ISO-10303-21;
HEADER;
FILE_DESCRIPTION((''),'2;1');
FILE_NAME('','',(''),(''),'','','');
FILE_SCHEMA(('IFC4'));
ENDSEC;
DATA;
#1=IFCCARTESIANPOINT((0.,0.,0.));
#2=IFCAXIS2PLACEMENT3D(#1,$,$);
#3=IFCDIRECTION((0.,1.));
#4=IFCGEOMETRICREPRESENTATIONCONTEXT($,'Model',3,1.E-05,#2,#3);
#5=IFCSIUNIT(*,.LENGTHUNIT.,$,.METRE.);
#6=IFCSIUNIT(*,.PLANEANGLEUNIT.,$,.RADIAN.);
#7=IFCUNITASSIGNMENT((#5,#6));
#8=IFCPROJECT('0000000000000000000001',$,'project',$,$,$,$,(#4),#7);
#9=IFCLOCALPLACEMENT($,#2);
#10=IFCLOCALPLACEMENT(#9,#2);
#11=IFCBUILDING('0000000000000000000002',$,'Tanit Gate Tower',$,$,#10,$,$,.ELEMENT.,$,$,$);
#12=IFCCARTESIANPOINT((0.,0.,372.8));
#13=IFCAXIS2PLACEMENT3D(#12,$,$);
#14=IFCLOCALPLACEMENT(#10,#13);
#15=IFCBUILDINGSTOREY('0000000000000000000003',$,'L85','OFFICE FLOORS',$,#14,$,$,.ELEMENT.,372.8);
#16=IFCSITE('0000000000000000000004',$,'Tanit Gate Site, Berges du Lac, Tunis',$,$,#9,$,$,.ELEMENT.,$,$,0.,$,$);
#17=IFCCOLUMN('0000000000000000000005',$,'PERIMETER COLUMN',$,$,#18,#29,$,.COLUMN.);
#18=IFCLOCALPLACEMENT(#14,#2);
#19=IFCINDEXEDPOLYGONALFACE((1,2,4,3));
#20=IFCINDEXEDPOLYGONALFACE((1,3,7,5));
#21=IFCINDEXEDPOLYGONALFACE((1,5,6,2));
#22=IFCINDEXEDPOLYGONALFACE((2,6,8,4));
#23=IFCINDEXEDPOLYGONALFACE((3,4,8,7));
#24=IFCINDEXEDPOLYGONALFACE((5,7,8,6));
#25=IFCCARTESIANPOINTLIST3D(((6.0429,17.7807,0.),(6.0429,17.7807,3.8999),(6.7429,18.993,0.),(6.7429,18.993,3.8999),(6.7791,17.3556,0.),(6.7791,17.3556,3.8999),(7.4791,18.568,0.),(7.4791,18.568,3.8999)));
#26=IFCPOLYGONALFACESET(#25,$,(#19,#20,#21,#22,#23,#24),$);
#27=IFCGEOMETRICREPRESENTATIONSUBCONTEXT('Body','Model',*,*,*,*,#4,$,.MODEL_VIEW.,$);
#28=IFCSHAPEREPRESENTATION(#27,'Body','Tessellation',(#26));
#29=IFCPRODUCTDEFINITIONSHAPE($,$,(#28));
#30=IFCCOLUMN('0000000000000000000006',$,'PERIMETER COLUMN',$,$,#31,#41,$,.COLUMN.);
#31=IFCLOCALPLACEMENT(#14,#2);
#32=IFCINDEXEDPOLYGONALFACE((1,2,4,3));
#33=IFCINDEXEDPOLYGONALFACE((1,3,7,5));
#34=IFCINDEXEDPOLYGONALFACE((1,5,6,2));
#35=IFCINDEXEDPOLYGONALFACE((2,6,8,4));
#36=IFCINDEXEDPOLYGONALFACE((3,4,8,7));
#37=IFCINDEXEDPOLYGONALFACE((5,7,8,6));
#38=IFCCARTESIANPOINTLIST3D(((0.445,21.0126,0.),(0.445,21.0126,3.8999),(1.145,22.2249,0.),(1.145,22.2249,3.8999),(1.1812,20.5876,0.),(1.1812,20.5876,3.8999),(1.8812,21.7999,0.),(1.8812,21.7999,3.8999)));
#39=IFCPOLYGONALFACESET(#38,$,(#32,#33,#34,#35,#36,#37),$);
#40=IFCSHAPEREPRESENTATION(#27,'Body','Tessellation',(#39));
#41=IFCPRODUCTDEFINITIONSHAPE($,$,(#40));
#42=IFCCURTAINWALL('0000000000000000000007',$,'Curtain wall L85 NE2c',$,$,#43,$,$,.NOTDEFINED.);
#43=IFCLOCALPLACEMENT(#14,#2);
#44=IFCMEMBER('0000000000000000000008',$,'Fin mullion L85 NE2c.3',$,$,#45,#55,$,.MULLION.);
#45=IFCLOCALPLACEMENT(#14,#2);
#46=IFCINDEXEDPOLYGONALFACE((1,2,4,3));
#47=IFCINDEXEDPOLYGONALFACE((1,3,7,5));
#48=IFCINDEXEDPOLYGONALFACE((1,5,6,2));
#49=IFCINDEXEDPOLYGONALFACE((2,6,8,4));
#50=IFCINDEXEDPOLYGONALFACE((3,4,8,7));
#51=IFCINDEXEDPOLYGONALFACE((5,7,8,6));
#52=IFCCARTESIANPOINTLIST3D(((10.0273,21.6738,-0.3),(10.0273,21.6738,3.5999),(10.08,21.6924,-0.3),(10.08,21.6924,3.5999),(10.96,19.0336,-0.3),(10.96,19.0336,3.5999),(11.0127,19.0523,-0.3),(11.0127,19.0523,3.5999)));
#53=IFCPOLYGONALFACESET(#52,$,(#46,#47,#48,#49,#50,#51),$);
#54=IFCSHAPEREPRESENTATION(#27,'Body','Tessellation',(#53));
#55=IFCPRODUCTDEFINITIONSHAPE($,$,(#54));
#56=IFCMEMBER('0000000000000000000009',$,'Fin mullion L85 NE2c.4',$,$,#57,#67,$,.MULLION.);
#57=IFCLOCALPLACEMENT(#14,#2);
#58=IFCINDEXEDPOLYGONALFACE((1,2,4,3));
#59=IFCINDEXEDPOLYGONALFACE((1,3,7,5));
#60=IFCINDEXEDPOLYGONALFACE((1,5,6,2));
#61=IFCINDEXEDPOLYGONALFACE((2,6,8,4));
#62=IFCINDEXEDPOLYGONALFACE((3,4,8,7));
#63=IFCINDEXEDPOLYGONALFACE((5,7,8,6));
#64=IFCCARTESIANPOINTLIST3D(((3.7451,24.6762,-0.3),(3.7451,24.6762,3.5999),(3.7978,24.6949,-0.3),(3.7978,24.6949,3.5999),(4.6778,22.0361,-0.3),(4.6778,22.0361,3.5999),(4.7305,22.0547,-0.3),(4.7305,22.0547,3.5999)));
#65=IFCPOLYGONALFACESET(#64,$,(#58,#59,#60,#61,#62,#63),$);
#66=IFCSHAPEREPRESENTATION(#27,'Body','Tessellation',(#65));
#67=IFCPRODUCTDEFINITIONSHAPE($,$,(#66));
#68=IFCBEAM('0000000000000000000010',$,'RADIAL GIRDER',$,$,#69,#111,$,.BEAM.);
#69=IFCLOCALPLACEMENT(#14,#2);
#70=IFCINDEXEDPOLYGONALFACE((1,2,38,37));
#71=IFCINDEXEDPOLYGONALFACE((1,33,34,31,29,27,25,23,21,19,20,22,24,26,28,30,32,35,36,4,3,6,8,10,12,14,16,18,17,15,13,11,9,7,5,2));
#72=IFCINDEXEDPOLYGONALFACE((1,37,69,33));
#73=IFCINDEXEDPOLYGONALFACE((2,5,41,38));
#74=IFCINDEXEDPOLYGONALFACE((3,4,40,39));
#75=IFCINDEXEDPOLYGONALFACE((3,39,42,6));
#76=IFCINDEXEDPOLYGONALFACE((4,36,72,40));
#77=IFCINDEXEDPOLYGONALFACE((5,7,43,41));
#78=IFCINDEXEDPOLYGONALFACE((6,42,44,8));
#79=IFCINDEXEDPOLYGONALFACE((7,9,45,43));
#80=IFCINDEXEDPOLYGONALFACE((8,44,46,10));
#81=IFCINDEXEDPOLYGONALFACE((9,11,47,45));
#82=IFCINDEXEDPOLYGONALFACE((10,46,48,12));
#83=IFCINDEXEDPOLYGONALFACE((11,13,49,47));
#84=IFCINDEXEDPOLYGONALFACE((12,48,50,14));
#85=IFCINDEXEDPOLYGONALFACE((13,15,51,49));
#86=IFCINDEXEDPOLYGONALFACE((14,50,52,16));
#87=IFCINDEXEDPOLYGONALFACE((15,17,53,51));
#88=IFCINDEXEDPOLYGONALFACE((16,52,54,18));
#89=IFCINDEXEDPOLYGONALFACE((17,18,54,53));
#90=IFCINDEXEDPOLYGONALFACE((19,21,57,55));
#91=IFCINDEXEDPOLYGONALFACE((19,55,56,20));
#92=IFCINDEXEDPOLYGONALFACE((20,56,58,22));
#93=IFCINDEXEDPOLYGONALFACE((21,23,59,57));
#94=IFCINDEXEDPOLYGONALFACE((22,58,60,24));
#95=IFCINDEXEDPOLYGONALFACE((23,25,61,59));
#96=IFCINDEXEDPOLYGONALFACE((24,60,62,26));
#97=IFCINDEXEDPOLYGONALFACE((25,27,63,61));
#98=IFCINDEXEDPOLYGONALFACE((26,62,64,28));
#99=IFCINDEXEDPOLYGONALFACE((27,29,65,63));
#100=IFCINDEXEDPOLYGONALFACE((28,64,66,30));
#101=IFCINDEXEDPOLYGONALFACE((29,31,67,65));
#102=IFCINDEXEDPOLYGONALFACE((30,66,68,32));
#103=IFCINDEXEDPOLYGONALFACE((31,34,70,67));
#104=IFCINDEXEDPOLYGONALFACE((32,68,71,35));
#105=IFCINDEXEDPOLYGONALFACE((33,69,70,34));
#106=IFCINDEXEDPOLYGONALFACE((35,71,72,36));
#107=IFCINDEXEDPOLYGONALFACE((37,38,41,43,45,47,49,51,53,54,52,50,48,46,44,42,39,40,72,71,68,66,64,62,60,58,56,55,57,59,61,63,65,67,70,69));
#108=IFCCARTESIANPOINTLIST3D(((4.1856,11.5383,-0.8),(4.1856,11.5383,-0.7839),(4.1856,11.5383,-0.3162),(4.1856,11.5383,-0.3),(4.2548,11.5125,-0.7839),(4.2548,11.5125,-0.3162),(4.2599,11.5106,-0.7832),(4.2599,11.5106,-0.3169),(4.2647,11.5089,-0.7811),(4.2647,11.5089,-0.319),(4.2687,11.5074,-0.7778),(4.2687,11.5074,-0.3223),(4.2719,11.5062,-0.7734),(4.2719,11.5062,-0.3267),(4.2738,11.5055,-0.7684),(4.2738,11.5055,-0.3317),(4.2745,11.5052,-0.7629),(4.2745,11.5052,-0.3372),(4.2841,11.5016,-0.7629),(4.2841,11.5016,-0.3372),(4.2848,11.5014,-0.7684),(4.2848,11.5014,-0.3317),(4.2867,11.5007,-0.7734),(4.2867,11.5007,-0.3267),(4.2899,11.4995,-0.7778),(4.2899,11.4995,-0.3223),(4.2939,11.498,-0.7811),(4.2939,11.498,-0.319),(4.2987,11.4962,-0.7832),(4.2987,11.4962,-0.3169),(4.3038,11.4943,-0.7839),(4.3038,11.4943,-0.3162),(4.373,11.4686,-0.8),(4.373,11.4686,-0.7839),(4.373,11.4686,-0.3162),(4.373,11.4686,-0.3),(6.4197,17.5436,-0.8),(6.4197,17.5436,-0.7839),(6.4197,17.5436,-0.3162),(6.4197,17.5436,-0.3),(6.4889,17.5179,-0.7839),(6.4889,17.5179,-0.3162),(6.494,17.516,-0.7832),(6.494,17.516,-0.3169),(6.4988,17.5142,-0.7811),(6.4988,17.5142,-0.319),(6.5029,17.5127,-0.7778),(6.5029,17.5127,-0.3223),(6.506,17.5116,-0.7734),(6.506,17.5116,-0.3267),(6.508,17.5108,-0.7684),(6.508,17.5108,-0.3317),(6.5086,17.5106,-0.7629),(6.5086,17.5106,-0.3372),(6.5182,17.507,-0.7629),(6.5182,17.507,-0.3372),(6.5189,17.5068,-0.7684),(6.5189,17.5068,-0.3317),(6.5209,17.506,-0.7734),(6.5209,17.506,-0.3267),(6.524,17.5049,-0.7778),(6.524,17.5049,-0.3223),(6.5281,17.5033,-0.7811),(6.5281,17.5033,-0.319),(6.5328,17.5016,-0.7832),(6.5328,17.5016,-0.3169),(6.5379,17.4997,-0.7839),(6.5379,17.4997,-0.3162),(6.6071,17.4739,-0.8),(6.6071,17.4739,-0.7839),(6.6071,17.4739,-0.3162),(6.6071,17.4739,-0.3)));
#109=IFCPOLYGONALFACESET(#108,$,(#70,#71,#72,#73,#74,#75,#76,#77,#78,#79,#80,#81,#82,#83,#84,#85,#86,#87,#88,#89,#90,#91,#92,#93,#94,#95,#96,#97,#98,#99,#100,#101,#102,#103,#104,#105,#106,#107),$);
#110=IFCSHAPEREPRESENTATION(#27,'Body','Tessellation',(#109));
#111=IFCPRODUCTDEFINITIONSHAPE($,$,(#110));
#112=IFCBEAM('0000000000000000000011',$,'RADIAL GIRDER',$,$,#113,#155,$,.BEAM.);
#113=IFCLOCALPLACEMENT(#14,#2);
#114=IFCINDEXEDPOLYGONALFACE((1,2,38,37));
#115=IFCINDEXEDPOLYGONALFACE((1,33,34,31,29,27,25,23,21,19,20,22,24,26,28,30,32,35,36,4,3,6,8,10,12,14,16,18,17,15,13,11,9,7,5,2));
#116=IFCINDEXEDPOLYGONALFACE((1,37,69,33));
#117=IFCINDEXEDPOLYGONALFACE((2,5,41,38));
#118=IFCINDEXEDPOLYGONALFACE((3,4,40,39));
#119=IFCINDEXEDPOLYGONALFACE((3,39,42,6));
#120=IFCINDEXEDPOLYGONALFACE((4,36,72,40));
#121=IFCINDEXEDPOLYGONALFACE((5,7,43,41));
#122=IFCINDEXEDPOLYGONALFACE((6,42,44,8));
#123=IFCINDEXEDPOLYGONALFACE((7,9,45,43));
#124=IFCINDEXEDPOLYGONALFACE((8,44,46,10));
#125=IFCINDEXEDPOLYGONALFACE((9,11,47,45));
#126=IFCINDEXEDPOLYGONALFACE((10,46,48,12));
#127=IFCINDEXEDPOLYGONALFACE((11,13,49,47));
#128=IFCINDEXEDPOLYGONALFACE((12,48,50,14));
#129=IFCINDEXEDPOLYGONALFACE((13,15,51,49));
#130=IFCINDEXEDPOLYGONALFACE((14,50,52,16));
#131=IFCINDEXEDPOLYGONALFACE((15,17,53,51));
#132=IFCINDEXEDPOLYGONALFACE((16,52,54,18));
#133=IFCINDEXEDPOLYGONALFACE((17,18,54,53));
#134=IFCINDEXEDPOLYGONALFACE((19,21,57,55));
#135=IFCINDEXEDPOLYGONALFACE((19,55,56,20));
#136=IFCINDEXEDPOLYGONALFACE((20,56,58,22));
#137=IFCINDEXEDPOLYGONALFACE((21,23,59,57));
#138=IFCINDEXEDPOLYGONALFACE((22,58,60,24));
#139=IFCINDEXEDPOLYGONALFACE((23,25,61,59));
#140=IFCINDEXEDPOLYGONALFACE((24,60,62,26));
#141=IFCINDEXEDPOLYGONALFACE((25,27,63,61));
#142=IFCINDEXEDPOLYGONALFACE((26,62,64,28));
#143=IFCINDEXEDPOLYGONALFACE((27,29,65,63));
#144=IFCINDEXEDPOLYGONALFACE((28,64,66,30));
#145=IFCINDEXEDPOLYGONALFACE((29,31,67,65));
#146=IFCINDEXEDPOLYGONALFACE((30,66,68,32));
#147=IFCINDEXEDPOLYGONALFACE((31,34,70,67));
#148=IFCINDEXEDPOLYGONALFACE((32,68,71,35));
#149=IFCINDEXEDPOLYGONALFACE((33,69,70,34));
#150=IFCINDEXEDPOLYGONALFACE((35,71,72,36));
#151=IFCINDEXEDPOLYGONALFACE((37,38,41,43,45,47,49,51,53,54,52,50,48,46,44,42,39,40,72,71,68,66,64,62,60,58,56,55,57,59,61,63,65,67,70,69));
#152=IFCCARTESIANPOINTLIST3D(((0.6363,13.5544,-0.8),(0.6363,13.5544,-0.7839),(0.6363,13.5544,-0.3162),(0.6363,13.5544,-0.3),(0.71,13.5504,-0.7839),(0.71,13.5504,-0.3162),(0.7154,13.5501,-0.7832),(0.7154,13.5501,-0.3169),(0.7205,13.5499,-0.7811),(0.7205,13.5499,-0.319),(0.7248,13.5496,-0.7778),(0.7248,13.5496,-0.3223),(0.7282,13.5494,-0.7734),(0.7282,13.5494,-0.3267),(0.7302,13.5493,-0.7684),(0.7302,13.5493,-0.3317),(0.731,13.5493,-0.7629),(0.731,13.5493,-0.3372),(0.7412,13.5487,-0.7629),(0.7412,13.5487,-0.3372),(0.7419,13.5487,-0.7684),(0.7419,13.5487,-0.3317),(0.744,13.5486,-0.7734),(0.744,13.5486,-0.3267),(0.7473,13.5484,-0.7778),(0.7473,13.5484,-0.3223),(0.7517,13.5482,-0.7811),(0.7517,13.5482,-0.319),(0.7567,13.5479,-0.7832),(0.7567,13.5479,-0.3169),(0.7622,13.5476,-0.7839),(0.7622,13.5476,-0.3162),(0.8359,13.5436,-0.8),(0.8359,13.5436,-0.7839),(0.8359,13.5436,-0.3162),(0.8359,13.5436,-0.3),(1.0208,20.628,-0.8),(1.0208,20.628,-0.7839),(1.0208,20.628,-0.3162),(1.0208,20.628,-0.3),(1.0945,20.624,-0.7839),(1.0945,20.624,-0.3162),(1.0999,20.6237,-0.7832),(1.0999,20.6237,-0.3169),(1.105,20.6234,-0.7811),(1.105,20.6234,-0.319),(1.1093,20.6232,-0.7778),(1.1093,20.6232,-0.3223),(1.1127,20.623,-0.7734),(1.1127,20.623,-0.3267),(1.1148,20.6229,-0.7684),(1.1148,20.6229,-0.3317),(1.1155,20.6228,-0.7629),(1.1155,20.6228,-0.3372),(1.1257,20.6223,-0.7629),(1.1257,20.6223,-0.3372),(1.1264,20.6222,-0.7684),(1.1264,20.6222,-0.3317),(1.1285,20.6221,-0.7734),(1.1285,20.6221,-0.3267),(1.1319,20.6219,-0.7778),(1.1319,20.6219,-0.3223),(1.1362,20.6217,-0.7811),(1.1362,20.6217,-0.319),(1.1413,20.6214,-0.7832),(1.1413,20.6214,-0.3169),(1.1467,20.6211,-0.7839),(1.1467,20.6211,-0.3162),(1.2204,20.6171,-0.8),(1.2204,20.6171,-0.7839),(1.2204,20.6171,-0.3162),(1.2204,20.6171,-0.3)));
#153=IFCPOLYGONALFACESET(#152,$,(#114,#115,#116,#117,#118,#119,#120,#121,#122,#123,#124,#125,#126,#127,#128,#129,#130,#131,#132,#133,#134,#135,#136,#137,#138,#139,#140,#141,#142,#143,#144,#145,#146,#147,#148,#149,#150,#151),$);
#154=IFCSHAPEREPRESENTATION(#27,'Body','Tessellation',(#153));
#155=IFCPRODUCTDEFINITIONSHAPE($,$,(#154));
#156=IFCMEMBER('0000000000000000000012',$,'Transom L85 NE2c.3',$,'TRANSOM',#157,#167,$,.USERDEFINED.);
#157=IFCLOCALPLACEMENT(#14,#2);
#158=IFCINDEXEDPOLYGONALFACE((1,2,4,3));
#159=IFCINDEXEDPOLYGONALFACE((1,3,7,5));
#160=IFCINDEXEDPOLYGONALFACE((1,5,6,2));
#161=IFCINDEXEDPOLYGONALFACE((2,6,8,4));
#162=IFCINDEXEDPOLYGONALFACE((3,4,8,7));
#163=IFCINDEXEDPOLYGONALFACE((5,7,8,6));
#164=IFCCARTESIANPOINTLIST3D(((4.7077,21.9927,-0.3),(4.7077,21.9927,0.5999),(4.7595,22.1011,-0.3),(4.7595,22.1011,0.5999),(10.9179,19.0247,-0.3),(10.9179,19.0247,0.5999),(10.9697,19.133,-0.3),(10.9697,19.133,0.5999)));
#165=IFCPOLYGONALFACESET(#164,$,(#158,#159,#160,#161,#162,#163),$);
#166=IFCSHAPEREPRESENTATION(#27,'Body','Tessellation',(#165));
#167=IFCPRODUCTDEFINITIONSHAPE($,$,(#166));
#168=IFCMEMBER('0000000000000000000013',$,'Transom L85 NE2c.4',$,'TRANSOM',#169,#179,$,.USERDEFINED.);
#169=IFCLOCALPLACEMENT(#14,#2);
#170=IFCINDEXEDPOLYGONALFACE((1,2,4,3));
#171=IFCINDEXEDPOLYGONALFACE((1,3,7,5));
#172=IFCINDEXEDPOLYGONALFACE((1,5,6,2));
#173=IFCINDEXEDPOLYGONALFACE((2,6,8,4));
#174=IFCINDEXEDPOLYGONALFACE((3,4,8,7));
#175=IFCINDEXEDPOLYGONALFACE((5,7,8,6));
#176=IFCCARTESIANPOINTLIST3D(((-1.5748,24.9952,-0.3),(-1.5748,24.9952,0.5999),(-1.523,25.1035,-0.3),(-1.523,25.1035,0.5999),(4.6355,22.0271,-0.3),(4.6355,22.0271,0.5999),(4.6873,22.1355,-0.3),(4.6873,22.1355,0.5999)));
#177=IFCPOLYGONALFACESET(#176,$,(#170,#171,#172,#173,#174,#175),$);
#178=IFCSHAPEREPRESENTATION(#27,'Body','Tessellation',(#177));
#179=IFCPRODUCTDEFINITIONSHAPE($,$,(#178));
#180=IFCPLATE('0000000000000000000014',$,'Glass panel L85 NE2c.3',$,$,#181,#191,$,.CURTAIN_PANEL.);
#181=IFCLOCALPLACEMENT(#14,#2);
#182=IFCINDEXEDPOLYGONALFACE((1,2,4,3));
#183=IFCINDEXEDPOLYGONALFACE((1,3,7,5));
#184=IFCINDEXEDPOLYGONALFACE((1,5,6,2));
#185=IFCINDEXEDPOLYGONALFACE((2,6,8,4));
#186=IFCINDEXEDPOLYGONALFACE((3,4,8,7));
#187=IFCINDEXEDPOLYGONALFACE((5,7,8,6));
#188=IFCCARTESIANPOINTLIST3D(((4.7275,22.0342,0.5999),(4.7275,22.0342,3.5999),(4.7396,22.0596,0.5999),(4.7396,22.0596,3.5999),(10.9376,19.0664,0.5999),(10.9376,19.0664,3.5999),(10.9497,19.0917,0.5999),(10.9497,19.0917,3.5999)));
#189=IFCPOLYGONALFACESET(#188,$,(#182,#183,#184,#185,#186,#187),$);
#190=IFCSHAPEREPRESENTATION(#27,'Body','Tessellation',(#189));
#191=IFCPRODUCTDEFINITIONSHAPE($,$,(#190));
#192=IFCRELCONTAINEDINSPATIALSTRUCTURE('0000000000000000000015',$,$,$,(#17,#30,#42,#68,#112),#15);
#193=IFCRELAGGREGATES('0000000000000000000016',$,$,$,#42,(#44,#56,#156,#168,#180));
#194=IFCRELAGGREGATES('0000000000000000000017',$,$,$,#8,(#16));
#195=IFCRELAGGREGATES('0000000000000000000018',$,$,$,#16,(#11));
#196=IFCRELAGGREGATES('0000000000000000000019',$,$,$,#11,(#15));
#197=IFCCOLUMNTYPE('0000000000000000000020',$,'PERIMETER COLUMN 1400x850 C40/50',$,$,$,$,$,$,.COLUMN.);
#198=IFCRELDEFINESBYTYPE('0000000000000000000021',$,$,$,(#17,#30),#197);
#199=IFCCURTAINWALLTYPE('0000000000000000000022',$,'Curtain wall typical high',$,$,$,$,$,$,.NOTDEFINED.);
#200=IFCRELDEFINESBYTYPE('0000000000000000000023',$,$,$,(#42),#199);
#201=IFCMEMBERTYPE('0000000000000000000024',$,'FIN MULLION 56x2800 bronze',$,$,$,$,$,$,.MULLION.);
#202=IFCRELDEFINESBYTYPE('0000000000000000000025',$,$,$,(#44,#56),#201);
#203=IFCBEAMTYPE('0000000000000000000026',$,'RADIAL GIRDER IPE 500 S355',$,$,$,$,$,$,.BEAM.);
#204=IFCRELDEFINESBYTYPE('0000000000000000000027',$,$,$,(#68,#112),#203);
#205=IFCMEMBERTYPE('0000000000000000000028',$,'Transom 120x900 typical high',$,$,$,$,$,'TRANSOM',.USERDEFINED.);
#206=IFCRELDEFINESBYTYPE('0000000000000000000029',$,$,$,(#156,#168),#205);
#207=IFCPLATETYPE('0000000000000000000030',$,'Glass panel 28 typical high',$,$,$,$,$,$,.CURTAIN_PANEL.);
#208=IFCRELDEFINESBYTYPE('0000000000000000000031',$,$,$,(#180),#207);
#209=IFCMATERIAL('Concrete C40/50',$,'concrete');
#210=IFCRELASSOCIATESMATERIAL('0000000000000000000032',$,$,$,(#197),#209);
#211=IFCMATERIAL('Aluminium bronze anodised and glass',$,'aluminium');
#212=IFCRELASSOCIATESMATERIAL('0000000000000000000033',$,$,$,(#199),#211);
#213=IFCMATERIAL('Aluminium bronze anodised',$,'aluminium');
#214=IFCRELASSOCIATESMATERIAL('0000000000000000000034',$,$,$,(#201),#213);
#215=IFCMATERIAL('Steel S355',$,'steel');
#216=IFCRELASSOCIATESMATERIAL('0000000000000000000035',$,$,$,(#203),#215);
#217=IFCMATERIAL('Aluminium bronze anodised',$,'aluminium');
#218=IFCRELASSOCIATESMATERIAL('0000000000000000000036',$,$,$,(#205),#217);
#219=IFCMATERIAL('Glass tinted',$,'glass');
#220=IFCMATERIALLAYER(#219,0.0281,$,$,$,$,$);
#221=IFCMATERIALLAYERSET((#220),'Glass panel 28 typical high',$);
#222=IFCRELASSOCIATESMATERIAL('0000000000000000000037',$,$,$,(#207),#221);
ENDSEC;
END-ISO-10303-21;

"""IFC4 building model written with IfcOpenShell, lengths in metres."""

from ifc_helpers import new_model, si_unit, direction, frame, origin, origin_2d, place, context, subcontext, project, spatial, rectangle, i_section, extrude, material, layer, layer_set, material_profile, profile_set, type_object, element, aggregate, save


model = new_model("IFC4")

# Units and contexts
model_context = context("Model", 3, precision=1e-05, world=origin(), true_north=direction((0.0, 1.0)))
body_context = subcontext(model_context, "Body", "Model", "MODEL_VIEW")
ifc_project = project(units=[si_unit("LENGTHUNIT", "METRE"), si_unit("PLANEANGLEUNIT", "RADIAN")], contexts=[model_context])

# Site, building, storey
site_placement = place(None, origin())
site = spatial("IfcSite", under=ifc_project, at=site_placement, Name="Tanit Gate Site, Berges du Lac, Tunis", CompositionType="ELEMENT", RefElevation=0.0)
building_placement = place(site_placement, origin())
building = spatial("IfcBuilding", under=site, at=building_placement, Name="Tanit Gate Tower", CompositionType="ELEMENT")
storey_placement = place(building_placement, frame((0.0, 0.0, 372.8)))
storey = spatial("IfcBuildingStorey", under=building, at=storey_placement, Name="L85", Description="OFFICE FLOORS", CompositionType="ELEMENT", Elevation=372.8)

# Columns
ifc_material_1 = material(Name="Concrete C40/50", Category="concrete")
ifc_material_profile_1 = material_profile(ifc_material_1, rectangle(XDim=1.3999, YDim=0.8501, at=origin_2d()), Name="RC 1400x850")
ifc_profile_set_1 = profile_set([ifc_material_profile_1], Name="Concrete C40/50")
column_type = type_object("IfcColumnType", Name="PERIMETER COLUMN 1400x850 C40/50", PredefinedType="COLUMN", material=ifc_profile_set_1)
for number, where, z_axis, x_axis, name in (
    (1, (6.761, 18.1743, 0.0), (0.0, 0.0, 1.0), (0.5, 0.866025, 0.0), "PERIMETER COLUMN"),
    (2, (1.1631, 21.4062, 0.0), (0.0, 0.0, 1.0), (0.5, 0.866025, 0.0), "PERIMETER COLUMN"),
):
    element("IfcColumn", number, at=place(storey_placement, frame(where, z_axis=z_axis, x_axis=x_axis)), inside=storey, type_object=column_type, Name=name, PredefinedType="COLUMN", context=body_context, shape_type="SweptSolid", body=[
        extrude(rectangle(XDim=1.3999, YDim=0.8501, at=origin_2d()), origin(), (0.0, 0.0, 1.0), 3.8999),
    ])

# Curtain wall, members
ifc_material_2 = material(Name="Aluminium bronze anodised and glass", Category="aluminium")
curtain_wall_type = type_object("IfcCurtainWallType", Name="Curtain wall typical high", PredefinedType="NOTDEFINED", material=ifc_material_2)
curtain_wall_placement = place(storey_placement, origin())
curtain_wall = element("IfcCurtainWall", 3, at=curtain_wall_placement, inside=storey, type_object=curtain_wall_type, Name="Curtain wall L85 NE2c", PredefinedType="NOTDEFINED")
ifc_material_3 = material(Name="Aluminium bronze anodised", Category="aluminium")
ifc_material_profile_2 = material_profile(ifc_material_3, rectangle(XDim=2.8, YDim=0.0559, at=origin_2d()), Name="56x2800 bronze fin mullion")
ifc_profile_set_2 = profile_set([ifc_material_profile_2], Name="Aluminium bronze anodised")
member_type_1 = type_object("IfcMemberType", Name="FIN MULLION 56x2800 bronze", PredefinedType="MULLION", material=ifc_profile_set_2)
member_1_placement = place(storey_placement, frame((10.52, 20.363, -0.3), z_axis=(0.0, 0.0, 1.0), x_axis=(0.33309, -0.942895, 0.0)))
member_1 = element("IfcMember", 4, at=member_1_placement, type_object=member_type_1, Name="Fin mullion L85 NE2c.3", PredefinedType="MULLION", context=body_context, shape_type="SweptSolid", body=[
    extrude(rectangle(XDim=2.8, YDim=0.0559, at=origin_2d()), origin(), (0.0, 0.0, 1.0), 3.8999),
])
member_2_placement = place(storey_placement, frame((4.2378, 23.3655, -0.3), z_axis=(0.0, 0.0, 1.0), x_axis=(0.33309, -0.942895, 0.0)))
member_2 = element("IfcMember", 5, at=member_2_placement, type_object=member_type_1, Name="Fin mullion L85 NE2c.4", PredefinedType="MULLION", context=body_context, shape_type="SweptSolid", body=[
    extrude(rectangle(XDim=2.8, YDim=0.0559, at=origin_2d()), origin(), (0.0, 0.0, 1.0), 3.8999),
])

# Beams
ifc_material_4 = material(Name="Steel S355", Category="steel")
ifc_material_profile_3 = material_profile(ifc_material_4, i_section(OverallWidth=0.2, OverallDepth=0.5, WebThickness=0.0103, FlangeThickness=0.0161, FilletRadius=0.021, at=origin_2d()), Name="IPE 500")
ifc_profile_set_3 = profile_set([ifc_material_profile_3], Name="Steel S355")
beam_type = type_object("IfcBeamType", Name="RADIAL GIRDER IPE 500 S355", PredefinedType="BEAM", material=ifc_profile_set_3)
beam_1_placement = place(storey_placement, frame((6.5134, 17.5088, -0.55), z_axis=(-0.348675, -0.937244, 0.0), x_axis=(0.937244, -0.348675, 0.0)))
element("IfcBeam", 6, at=beam_1_placement, inside=storey, type_object=beam_type, Name="RADIAL GIRDER", PredefinedType="BEAM", context=body_context, shape_type="SweptSolid", body=[
    extrude(i_section(OverallWidth=0.2, OverallDepth=0.5, WebThickness=0.0103, FlangeThickness=0.0161, FilletRadius=0.021, at=origin_2d()), origin(), (0.0, 0.0, 1.0), 6.4075),
])
beam_2_placement = place(storey_placement, frame((1.1206, 20.6226, -0.55), z_axis=(-0.054281, -0.998526, 0.0), x_axis=(0.998526, -0.054281, 0.0)))
element("IfcBeam", 7, at=beam_2_placement, inside=storey, type_object=beam_type, Name="RADIAL GIRDER", PredefinedType="BEAM", context=body_context, shape_type="SweptSolid", body=[
    extrude(i_section(OverallWidth=0.2, OverallDepth=0.5, WebThickness=0.0103, FlangeThickness=0.0161, FilletRadius=0.021, at=origin_2d()), origin(), (0.0, 0.0, 1.0), 7.084),
])

# Members
ifc_material_5 = material(Name="Aluminium bronze anodised", Category="aluminium")
ifc_material_profile_4 = material_profile(ifc_material_5, rectangle(XDim=0.1201, YDim=0.8999, at=origin_2d()), Name="120x900 bronze transom")
ifc_profile_set_4 = profile_set([ifc_material_profile_4], Name="Aluminium bronze anodised")
member_type_2 = type_object("IfcMemberType", Name="Transom 120x900 typical high", ElementType="TRANSOM", PredefinedType="USERDEFINED", material=ifc_profile_set_4)
member_3_placement = place(storey_placement, frame((10.9438, 19.0789, 0.1499), z_axis=(-0.902252, 0.431209, 0.0), x_axis=(-0.431209, -0.902252, 0.0)))
member_3 = element("IfcMember", 8, at=member_3_placement, type_object=member_type_2, Name="Transom L85 NE2c.3", ObjectType="TRANSOM", PredefinedType="USERDEFINED", context=body_context, shape_type="SweptSolid", body=[
    extrude(rectangle(XDim=0.1201, YDim=0.8999, at=origin_2d()), origin(), (0.0, 0.0, 1.0), 6.8831),
])
member_4_placement = place(storey_placement, frame((4.6614, 22.0813, 0.1499), z_axis=(-0.902252, 0.431209, 0.0), x_axis=(-0.431209, -0.902252, 0.0)))
member_4 = element("IfcMember", 9, at=member_4_placement, type_object=member_type_2, Name="Transom L85 NE2c.4", ObjectType="TRANSOM", PredefinedType="USERDEFINED", context=body_context, shape_type="SweptSolid", body=[
    extrude(rectangle(XDim=0.1201, YDim=0.8999, at=origin_2d()), origin(), (0.0, 0.0, 1.0), 6.8831),
])

# Plate
ifc_material_6 = material(Name="Glass tinted", Category="glass")
ifc_layer_1 = layer(ifc_material_6, 0.0281)
ifc_layer_set_1 = layer_set([ifc_layer_1], Name="Glass panel 28 typical high")
plate_type = type_object("IfcPlateType", Name="Glass panel 28 typical high", PredefinedType="CURTAIN_PANEL", material=ifc_layer_set_1)
plate_1_placement = place(storey_placement, frame((7.8386, 20.563, 0.5999), z_axis=(0.0, 0.0, 1.0), x_axis=(-0.902258, 0.431197, 0.0)))
plate_1 = element("IfcPlate", 10, at=plate_1_placement, type_object=plate_type, Name="Glass panel L85 NE2c.3", PredefinedType="CURTAIN_PANEL", context=body_context, shape_type="SweptSolid", body=[
    extrude(rectangle(XDim=6.8828, YDim=0.0281, at=origin_2d()), origin(), (0.0, 0.0, 1.0), 3.0),
])
aggregate(curtain_wall, [member_1, member_2, member_3, member_4, plate_1])

save(model, "model.ifc")
